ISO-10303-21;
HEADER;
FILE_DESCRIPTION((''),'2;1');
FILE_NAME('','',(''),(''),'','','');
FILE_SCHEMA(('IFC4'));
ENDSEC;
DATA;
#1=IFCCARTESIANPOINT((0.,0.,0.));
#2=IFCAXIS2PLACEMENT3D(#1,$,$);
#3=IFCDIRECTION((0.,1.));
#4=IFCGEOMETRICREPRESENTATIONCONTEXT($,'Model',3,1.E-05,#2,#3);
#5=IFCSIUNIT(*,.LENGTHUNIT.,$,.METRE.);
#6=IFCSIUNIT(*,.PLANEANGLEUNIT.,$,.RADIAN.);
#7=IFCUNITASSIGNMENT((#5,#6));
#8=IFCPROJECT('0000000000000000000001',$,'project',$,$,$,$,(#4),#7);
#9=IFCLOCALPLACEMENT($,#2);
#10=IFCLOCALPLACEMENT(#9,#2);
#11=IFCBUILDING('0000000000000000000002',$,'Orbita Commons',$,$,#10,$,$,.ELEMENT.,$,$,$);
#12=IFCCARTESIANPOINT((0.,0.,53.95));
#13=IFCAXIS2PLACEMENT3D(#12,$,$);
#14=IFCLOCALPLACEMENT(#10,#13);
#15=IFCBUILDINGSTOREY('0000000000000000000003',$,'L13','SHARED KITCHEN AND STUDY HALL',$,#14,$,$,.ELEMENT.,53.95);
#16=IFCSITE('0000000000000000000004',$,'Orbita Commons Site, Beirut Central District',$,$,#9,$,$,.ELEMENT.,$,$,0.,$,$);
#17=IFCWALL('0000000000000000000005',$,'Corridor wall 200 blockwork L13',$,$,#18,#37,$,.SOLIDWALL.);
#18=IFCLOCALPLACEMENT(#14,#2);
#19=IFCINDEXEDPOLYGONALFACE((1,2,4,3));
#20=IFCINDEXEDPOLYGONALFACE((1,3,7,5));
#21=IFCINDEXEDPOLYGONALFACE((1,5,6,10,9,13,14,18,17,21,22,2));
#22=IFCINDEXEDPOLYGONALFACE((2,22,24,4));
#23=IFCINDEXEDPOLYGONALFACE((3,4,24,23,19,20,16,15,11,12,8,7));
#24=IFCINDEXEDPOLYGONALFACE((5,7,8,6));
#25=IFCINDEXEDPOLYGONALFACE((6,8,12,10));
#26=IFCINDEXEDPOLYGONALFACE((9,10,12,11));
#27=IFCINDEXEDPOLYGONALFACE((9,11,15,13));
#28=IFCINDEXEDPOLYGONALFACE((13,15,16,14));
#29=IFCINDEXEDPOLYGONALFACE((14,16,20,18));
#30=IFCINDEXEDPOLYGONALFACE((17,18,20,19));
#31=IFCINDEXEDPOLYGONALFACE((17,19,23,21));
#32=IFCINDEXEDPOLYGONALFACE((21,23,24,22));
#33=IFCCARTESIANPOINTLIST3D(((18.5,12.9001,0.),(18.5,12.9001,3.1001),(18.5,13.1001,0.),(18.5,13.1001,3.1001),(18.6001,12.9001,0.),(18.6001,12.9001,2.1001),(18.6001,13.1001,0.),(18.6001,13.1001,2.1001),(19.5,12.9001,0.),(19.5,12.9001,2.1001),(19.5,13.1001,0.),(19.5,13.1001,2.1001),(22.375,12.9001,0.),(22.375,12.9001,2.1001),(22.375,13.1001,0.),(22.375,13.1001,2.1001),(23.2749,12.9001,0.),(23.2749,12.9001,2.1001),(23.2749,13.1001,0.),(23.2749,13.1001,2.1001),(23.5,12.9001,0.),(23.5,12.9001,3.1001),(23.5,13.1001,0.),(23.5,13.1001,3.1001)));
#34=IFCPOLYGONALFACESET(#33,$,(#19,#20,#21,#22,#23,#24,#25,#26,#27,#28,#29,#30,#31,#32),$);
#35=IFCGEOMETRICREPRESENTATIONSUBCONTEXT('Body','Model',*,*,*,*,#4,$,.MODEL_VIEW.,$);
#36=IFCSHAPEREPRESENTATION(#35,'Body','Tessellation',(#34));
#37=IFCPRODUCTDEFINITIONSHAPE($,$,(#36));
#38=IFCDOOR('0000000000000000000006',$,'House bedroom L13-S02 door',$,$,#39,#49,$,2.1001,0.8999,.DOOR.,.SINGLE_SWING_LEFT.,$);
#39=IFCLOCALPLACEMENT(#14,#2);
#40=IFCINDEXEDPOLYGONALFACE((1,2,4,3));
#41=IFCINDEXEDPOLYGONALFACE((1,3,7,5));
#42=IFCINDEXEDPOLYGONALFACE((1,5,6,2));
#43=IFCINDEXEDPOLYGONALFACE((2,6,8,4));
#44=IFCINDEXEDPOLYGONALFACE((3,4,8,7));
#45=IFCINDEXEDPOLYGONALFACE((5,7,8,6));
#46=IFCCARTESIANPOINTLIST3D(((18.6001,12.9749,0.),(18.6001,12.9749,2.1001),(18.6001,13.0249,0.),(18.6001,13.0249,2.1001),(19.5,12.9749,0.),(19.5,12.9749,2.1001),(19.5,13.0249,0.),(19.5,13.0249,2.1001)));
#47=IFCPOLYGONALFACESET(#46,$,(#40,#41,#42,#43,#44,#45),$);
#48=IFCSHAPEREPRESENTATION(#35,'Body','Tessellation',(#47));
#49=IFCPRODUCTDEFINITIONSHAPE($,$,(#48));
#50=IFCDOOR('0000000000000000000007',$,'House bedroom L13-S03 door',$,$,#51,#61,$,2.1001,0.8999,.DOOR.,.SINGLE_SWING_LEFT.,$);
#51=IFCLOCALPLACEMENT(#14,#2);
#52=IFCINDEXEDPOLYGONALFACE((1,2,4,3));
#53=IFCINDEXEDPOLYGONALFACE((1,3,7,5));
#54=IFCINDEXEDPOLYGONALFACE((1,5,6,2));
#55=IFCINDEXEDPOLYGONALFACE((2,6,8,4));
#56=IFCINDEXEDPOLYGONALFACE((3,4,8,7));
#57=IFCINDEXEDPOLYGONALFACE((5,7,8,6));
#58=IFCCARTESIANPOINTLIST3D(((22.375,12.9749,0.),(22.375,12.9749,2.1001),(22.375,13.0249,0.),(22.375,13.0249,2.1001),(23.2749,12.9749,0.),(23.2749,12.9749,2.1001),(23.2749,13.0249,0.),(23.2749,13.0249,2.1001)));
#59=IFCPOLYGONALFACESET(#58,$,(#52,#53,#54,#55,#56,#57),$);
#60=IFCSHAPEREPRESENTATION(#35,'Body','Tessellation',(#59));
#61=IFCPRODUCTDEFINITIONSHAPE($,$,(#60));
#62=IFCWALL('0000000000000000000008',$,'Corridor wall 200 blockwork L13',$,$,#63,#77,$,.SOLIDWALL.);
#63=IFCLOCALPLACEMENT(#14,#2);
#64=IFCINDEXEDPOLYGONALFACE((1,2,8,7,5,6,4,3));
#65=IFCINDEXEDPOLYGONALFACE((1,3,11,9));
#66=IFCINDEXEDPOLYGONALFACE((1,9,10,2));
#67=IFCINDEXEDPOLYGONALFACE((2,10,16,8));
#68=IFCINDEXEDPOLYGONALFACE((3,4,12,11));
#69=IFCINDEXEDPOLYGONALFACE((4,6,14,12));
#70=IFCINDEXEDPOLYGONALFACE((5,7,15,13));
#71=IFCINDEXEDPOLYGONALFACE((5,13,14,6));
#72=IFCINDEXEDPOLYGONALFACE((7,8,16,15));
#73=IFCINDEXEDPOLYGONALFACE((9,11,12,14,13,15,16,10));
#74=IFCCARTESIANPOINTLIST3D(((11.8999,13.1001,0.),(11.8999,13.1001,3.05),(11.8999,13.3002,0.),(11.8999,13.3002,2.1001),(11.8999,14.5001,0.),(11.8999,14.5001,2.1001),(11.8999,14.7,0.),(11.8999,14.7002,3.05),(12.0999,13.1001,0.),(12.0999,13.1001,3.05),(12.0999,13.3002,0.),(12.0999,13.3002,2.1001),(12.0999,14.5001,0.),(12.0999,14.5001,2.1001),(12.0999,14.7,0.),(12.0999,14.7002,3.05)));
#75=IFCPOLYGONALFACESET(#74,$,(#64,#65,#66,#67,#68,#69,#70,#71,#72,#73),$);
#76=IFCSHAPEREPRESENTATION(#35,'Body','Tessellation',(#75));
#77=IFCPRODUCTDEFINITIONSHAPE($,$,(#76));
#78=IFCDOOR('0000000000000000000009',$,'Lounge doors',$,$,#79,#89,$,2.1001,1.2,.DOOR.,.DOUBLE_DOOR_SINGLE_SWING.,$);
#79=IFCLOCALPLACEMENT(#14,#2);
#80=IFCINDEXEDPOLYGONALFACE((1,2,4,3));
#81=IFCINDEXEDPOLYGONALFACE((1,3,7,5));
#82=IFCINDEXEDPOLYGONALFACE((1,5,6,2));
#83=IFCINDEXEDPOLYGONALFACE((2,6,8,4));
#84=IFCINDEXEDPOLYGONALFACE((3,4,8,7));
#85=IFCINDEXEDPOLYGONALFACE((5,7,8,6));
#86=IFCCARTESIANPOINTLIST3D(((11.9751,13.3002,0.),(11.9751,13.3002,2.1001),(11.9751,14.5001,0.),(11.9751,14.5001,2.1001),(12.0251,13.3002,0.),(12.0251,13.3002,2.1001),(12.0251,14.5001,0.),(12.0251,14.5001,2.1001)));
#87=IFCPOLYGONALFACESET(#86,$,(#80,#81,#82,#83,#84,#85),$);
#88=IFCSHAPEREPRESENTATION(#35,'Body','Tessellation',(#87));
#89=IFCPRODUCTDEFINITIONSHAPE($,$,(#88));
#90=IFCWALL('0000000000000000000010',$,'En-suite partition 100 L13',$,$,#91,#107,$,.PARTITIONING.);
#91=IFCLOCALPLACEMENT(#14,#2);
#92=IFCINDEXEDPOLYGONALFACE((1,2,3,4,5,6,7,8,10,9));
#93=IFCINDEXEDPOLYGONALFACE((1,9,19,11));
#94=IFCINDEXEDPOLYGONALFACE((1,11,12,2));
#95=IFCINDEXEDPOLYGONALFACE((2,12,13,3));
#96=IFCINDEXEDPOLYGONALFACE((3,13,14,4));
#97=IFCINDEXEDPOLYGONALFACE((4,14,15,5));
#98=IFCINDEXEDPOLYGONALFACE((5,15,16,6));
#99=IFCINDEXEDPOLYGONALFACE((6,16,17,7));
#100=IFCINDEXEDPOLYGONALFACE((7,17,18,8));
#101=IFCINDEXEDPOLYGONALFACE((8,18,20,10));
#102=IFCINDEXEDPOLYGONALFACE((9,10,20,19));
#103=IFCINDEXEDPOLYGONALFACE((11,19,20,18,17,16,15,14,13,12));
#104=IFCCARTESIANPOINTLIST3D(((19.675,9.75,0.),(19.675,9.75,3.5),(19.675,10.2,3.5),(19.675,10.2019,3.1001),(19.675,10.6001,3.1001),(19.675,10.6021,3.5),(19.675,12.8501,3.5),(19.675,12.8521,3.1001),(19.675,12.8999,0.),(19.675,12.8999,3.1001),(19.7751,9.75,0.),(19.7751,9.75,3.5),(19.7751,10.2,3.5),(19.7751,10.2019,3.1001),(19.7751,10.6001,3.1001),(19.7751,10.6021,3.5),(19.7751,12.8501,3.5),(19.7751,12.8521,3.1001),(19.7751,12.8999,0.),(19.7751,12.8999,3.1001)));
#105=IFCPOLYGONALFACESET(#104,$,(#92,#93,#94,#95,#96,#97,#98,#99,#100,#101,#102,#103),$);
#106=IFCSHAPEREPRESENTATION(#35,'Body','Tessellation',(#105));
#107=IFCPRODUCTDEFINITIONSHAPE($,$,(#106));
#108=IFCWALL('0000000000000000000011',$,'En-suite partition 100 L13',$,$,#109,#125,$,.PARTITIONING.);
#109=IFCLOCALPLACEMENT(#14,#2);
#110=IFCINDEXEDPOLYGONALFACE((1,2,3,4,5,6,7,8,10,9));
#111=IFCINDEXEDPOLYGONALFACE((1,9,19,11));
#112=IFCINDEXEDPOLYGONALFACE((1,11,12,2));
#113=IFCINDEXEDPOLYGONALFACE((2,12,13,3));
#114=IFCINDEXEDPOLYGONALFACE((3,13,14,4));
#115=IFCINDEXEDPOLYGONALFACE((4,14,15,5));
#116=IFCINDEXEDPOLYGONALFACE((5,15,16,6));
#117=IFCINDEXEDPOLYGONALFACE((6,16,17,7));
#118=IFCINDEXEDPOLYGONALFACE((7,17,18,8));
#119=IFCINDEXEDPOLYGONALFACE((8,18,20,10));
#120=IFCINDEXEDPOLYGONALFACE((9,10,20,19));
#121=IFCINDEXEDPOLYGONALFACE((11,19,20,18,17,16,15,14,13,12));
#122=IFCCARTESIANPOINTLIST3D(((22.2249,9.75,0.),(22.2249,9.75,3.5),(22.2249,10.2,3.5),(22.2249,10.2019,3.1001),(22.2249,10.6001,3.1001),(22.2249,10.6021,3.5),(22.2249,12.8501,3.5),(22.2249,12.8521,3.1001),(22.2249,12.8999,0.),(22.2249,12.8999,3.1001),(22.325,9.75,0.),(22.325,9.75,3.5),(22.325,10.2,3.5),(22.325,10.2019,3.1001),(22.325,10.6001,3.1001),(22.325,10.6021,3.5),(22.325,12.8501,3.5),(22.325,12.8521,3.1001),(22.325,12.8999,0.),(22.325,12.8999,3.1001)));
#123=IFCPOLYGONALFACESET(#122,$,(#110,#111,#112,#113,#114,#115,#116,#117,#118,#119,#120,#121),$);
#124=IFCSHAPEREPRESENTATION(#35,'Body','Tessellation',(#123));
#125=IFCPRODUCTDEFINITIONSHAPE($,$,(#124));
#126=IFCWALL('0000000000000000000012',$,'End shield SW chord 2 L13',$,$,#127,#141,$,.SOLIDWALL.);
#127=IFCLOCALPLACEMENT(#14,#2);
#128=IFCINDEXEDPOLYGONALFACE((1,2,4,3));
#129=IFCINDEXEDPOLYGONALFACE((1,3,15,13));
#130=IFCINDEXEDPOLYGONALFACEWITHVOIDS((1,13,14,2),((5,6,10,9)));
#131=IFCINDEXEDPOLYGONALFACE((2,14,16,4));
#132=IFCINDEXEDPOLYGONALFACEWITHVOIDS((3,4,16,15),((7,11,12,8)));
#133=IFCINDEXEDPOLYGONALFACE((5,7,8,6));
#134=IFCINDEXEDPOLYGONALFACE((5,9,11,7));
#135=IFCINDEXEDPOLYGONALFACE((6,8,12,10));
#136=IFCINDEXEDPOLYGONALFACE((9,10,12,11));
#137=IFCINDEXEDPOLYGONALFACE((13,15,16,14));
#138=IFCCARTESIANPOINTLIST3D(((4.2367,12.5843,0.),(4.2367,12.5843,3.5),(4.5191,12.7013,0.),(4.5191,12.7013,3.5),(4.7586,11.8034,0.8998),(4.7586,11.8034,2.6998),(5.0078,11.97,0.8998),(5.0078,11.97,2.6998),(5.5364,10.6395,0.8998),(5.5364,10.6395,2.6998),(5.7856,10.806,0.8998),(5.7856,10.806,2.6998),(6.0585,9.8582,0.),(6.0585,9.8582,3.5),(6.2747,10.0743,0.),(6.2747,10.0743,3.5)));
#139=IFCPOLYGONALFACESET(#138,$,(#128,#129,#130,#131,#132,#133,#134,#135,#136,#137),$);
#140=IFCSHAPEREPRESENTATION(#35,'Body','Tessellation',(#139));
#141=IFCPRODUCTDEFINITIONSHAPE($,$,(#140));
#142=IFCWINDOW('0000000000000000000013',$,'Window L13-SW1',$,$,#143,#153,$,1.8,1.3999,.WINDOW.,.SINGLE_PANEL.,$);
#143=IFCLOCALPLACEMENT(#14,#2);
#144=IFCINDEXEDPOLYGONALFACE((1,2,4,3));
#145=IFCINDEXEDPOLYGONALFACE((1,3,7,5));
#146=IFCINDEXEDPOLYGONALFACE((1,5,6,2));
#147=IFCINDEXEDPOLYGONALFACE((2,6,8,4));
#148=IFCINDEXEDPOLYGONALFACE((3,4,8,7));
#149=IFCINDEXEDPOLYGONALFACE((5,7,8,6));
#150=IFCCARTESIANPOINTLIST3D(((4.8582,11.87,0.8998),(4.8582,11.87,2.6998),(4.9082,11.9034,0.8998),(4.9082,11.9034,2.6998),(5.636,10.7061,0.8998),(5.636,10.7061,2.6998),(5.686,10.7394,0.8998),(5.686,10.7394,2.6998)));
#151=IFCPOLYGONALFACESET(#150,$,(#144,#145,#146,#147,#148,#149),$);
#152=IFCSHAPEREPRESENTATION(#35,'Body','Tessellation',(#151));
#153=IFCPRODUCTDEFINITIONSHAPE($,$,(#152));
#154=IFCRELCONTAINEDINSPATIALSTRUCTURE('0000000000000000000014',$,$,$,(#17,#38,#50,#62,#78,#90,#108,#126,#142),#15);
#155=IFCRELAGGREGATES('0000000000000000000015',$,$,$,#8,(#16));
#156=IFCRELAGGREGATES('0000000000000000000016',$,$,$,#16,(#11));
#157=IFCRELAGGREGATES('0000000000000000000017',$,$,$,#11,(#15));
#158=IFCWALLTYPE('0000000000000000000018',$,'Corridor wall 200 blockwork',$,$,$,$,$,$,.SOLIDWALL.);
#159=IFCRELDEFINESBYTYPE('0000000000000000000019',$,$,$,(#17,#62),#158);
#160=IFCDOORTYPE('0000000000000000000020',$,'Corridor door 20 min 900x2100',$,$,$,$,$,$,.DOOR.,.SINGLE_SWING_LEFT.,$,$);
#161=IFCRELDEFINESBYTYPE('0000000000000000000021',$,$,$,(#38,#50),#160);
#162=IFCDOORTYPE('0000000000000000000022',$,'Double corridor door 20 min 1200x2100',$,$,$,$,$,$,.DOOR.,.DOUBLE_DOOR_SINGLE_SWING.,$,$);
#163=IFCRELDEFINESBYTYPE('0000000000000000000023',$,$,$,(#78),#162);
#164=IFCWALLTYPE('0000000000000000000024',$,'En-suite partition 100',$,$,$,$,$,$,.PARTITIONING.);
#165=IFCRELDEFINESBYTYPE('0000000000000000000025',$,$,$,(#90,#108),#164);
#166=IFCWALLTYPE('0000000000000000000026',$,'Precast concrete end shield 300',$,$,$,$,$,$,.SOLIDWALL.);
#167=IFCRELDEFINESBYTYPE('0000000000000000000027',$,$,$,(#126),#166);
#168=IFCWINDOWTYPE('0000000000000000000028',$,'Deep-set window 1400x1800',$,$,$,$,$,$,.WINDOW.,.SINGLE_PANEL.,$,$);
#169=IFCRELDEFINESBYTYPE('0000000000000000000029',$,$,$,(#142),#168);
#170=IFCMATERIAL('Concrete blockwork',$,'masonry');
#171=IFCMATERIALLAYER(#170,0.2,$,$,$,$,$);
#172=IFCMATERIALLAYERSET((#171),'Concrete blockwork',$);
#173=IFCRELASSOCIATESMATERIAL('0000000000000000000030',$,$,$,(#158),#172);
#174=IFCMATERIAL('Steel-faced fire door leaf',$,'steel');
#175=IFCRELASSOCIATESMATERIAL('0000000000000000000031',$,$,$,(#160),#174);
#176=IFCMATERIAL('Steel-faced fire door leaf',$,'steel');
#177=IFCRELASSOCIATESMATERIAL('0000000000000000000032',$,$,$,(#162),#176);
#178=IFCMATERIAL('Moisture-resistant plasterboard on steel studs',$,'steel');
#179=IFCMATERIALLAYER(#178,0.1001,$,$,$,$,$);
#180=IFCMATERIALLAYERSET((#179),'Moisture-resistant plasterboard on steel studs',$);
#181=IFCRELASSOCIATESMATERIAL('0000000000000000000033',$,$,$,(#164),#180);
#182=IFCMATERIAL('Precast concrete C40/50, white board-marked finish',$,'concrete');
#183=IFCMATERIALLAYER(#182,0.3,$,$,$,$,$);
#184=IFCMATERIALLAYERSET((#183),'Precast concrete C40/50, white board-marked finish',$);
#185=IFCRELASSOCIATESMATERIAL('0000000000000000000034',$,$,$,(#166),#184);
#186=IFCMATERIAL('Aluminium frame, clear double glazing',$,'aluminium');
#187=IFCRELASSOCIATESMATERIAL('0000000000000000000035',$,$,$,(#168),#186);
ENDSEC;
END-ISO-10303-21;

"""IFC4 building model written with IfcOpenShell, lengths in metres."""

from ifc_helpers import new_model, si_unit, direction, frame, frame_2d, origin, place, context, subcontext, project, spatial, polyline, rectangle, outline, extrude, material, layer, layer_set, type_object, element, fill, save


model = new_model("IFC4")

# Units and contexts
model_context = context("Model", 3, precision=1e-05, world=origin(), true_north=direction((0.0, 1.0)))
body_context = subcontext(model_context, "Body", "Model", "MODEL_VIEW")
ifc_project = project(units=[si_unit("LENGTHUNIT", "METRE"), si_unit("PLANEANGLEUNIT", "RADIAN")], contexts=[model_context])

# Site, building, storey
site_placement = place(None, origin())
site = spatial("IfcSite", under=ifc_project, at=site_placement, Name="Orbita Commons Site, Beirut Central District", CompositionType="ELEMENT", RefElevation=0.0)
building_placement = place(site_placement, origin())
building = spatial("IfcBuilding", under=site, at=building_placement, Name="Orbita Commons", CompositionType="ELEMENT")
storey_placement = place(building_placement, frame((0.0, 0.0, 53.95)))
storey = spatial("IfcBuildingStorey", under=building, at=storey_placement, Name="L13", Description="SHARED KITCHEN AND STUDY HALL", CompositionType="ELEMENT", Elevation=53.95)

# Shared definitions
ifc_material_1 = material(Name="Concrete blockwork", Category="masonry")
ifc_layer_1 = layer(ifc_material_1, 0.2)
ifc_layer_set_1 = layer_set([ifc_layer_1], Name="Concrete blockwork")
wall_type_1 = type_object("IfcWallType", Name="Corridor wall 200 blockwork", PredefinedType="SOLIDWALL", material=ifc_layer_set_1)

# Wall, openings, doors
wall_1_placement = place(storey_placement, frame((18.5, 13.0, 0.0), z_axis=(0.0, 0.0, 1.0), x_axis=(1.0, 0.0, 0.0)))
wall_1 = element("IfcWall", 1, at=wall_1_placement, inside=storey, type_object=wall_type_1, Name="Corridor wall 200 blockwork L13", PredefinedType="SOLIDWALL", context=body_context, shape_type="SweptSolid", body=[
    extrude(outline(polyline([(0.0, 0.0), (5.0, 0.0), (5.0, 3.1001), (0.0, 3.1001), (0.0, 0.0)])), frame((0.0, 0.1001, 0.0), z_axis=(0.0, -1.0, 0.0), x_axis=(1.0, 0.0, 0.0)), (0.0, 0.0, 1.0), 0.2),
])
opening_1_placement = place(wall_1_placement, frame((0.1001, 0.0, 0.0)))
opening_1 = element("IfcOpeningElement", 2, at=opening_1_placement, cuts=wall_1, PredefinedType="OPENING", context=body_context, shape_type="SweptSolid", body=[
    extrude(rectangle(XDim=0.8999, YDim=2.1001, at=frame_2d((0.45, 1.05))), frame((0.0, 0.1099, 0.0), z_axis=(0.0, -1.0, 0.0), x_axis=(1.0, 0.0, 0.0)), (0.0, 0.0, 1.0), 0.22),
])
opening_2_placement = place(wall_1_placement, frame((3.875, 0.0, 0.0)))
opening_2 = element("IfcOpeningElement", 3, at=opening_2_placement, cuts=wall_1, PredefinedType="OPENING", context=body_context, shape_type="SweptSolid", body=[
    extrude(rectangle(XDim=0.8999, YDim=2.1001, at=frame_2d((0.45, 1.05))), frame((0.0, 0.1099, 0.0), z_axis=(0.0, -1.0, 0.0), x_axis=(1.0, 0.0, 0.0)), (0.0, 0.0, 1.0), 0.22),
])
ifc_material_2 = material(Name="Steel-faced fire door leaf", Category="steel")
door_type_1 = type_object("IfcDoorType", Name="Corridor door 20 min 900x2100", OperationType="SINGLE_SWING_LEFT", PredefinedType="DOOR", material=ifc_material_2)
door_1_placement = place(opening_1_placement, origin())
door_1 = element("IfcDoor", 4, at=door_1_placement, inside=storey, type_object=door_type_1, Name="House bedroom L13-S02 door", OperationType="SINGLE_SWING_LEFT", OverallHeight=2.1001, OverallWidth=0.8999, PredefinedType="DOOR", context=body_context, shape_type="SweptSolid", body=[
    extrude(rectangle(XDim=0.8999, YDim=2.1001, at=frame_2d((0.45, 1.05))), frame((0.0, 0.0249, 0.0), z_axis=(0.0, -1.0, 0.0), x_axis=(1.0, 0.0, 0.0)), (0.0, 0.0, 1.0), 0.05),
])
fill(opening_1, door_1)
door_2_placement = place(opening_2_placement, origin())
door_2 = element("IfcDoor", 5, at=door_2_placement, inside=storey, type_object=door_type_1, Name="House bedroom L13-S03 door", OperationType="SINGLE_SWING_LEFT", OverallHeight=2.1001, OverallWidth=0.8999, PredefinedType="DOOR", context=body_context, shape_type="SweptSolid", body=[
    extrude(rectangle(XDim=0.8999, YDim=2.1001, at=frame_2d((0.45, 1.05))), frame((0.0, 0.0249, 0.0), z_axis=(0.0, -1.0, 0.0), x_axis=(1.0, 0.0, 0.0)), (0.0, 0.0, 1.0), 0.05),
])
fill(opening_2, door_2)

# Wall, opening, door
wall_2_placement = place(storey_placement, frame((12.0, 13.1001, 0.0), z_axis=(0.0, 0.0, 1.0), x_axis=(0.0, 1.0, 0.0)))
wall_2 = element("IfcWall", 6, at=wall_2_placement, inside=storey, type_object=wall_type_1, Name="Corridor wall 200 blockwork L13", PredefinedType="SOLIDWALL", context=body_context, shape_type="SweptSolid", body=[
    extrude(outline(polyline([(0.0, 0.0), (1.5999, 0.0), (1.6001, 3.05), (0.0, 3.05), (0.0, 0.0)])), frame((0.0, 0.1001, 0.0), z_axis=(0.0, -1.0, 0.0), x_axis=(1.0, 0.0, 0.0)), (0.0, 0.0, 1.0), 0.2),
])
opening_3_placement = place(wall_2_placement, frame((0.2, 0.0, 0.0)))
opening_3 = element("IfcOpeningElement", 7, at=opening_3_placement, cuts=wall_2, PredefinedType="OPENING", context=body_context, shape_type="SweptSolid", body=[
    extrude(rectangle(XDim=1.2, YDim=2.1001, at=frame_2d((0.6001, 1.05))), frame((0.0, 0.1099, 0.0), z_axis=(0.0, -1.0, 0.0), x_axis=(1.0, 0.0, 0.0)), (0.0, 0.0, 1.0), 0.22),
])
ifc_material_3 = material(Name="Steel-faced fire door leaf", Category="steel")
door_type_2 = type_object("IfcDoorType", Name="Double corridor door 20 min 1200x2100", OperationType="DOUBLE_DOOR_SINGLE_SWING", PredefinedType="DOOR", material=ifc_material_3)
door_3_placement = place(opening_3_placement, origin())
door_3 = element("IfcDoor", 8, at=door_3_placement, inside=storey, type_object=door_type_2, Name="Lounge doors", OperationType="DOUBLE_DOOR_SINGLE_SWING", OverallHeight=2.1001, OverallWidth=1.2, PredefinedType="DOOR", context=body_context, shape_type="SweptSolid", body=[
    extrude(rectangle(XDim=1.2, YDim=2.1001, at=frame_2d((0.6001, 1.05))), frame((0.0, 0.0249, 0.0), z_axis=(0.0, -1.0, 0.0), x_axis=(1.0, 0.0, 0.0)), (0.0, 0.0, 1.0), 0.05),
])
fill(opening_3, door_3)

# Walls
ifc_material_4 = material(Name="Moisture-resistant plasterboard on steel studs", Category="steel")
ifc_layer_2 = layer(ifc_material_4, 0.1001)
ifc_layer_set_2 = layer_set([ifc_layer_2], Name="Moisture-resistant plasterboard on steel studs")
wall_type_2 = type_object("IfcWallType", Name="En-suite partition 100", PredefinedType="PARTITIONING", material=ifc_layer_set_2)
for number, where, z_axis, x_axis, name in (
    (9, (19.7251, 9.75, 0.0), (0.0, 0.0, 1.0), (0.0, 1.0, 0.0), "En-suite partition 100 L13"),
    (10, (22.2749, 9.75, 0.0), (0.0, 0.0, 1.0), (0.0, 1.0, 0.0), "En-suite partition 100 L13"),
):
    element("IfcWall", number, at=place(storey_placement, frame(where, z_axis=z_axis, x_axis=x_axis)), inside=storey, type_object=wall_type_2, Name=name, PredefinedType="PARTITIONING", context=body_context, shape_type="SweptSolid", body=[
        extrude(outline(polyline([(0.0, 0.0), (3.1499, 0.0), (3.1499, 3.1001), (3.1021, 3.1001), (3.1001, 3.5), (0.8521, 3.5), (0.8501, 3.1001), (0.4519, 3.1001), (0.45, 3.5), (0.0, 3.5), (0.0, 0.0)])), frame((0.0, 0.05, 0.0), z_axis=(0.0, -1.0, 0.0), x_axis=(1.0, 0.0, 0.0)), (0.0, 0.0, 1.0), 0.1001),
    ])

# Wall, opening, window
ifc_material_5 = material(Name="Precast concrete C40/50, white board-marked finish", Category="concrete")
ifc_layer_3 = layer(ifc_material_5, 0.3)
ifc_layer_set_3 = layer_set([ifc_layer_3], Name="Precast concrete C40/50, white board-marked finish")
wall_type_3 = type_object("IfcWallType", Name="Precast concrete end shield 300", PredefinedType="SOLIDWALL", material=ifc_layer_set_3)
wall_3_placement = place(storey_placement, frame((4.3779, 12.6428, 0.0), z_axis=(0.0, 0.0, 1.0), x_axis=(0.55561, -0.831443, 0.0)))
wall_3 = element("IfcWall", 11, at=wall_3_placement, inside=storey, type_object=wall_type_3, Name="End shield SW chord 2 L13", PredefinedType="SOLIDWALL", context=body_context, shape_type="SweptSolid", body=[
    extrude(outline(polyline([(-0.0298, -0.1499), (3.249, -0.1499), (3.1895, 0.1499), (0.0298, 0.1499), (-0.0298, -0.1499)])), origin(), (0.0, 0.0, 1.0), 3.5),
])
opening_4_placement = place(wall_3_placement, frame((0.9094, 0.0, 0.8999)))
opening_4 = element("IfcOpeningElement", 12, at=opening_4_placement, cuts=wall_3, PredefinedType="OPENING", context=body_context, shape_type="SweptSolid", body=[
    extrude(rectangle(XDim=1.3999, YDim=1.8, at=frame_2d((0.7, 0.8999))), frame((0.0, 0.1599, 0.0), z_axis=(0.0, -1.0, 0.0), x_axis=(1.0, 0.0, 0.0)), (0.0, 0.0, 1.0), 0.3201),
])
ifc_material_6 = material(Name="Aluminium frame, clear double glazing", Category="aluminium")
window_type = type_object("IfcWindowType", Name="Deep-set window 1400x1800", PartitioningType="SINGLE_PANEL", PredefinedType="WINDOW", material=ifc_material_6)
window_1_placement = place(opening_4_placement, origin())
window_1 = element("IfcWindow", 13, at=window_1_placement, inside=storey, type_object=window_type, Name="Window L13-SW1", OverallHeight=1.8, OverallWidth=1.3999, PartitioningType="SINGLE_PANEL", PredefinedType="WINDOW", context=body_context, shape_type="SweptSolid", body=[
    extrude(rectangle(XDim=1.3999, YDim=1.8, at=frame_2d((0.7, 0.8999))), frame((0.0, 0.03, 0.0), z_axis=(0.0, -1.0, 0.0), x_axis=(1.0, 0.0, 0.0)), (0.0, 0.0, 1.0), 0.0601),
])
fill(opening_4, window_1)

save(model, "model.ifc")
